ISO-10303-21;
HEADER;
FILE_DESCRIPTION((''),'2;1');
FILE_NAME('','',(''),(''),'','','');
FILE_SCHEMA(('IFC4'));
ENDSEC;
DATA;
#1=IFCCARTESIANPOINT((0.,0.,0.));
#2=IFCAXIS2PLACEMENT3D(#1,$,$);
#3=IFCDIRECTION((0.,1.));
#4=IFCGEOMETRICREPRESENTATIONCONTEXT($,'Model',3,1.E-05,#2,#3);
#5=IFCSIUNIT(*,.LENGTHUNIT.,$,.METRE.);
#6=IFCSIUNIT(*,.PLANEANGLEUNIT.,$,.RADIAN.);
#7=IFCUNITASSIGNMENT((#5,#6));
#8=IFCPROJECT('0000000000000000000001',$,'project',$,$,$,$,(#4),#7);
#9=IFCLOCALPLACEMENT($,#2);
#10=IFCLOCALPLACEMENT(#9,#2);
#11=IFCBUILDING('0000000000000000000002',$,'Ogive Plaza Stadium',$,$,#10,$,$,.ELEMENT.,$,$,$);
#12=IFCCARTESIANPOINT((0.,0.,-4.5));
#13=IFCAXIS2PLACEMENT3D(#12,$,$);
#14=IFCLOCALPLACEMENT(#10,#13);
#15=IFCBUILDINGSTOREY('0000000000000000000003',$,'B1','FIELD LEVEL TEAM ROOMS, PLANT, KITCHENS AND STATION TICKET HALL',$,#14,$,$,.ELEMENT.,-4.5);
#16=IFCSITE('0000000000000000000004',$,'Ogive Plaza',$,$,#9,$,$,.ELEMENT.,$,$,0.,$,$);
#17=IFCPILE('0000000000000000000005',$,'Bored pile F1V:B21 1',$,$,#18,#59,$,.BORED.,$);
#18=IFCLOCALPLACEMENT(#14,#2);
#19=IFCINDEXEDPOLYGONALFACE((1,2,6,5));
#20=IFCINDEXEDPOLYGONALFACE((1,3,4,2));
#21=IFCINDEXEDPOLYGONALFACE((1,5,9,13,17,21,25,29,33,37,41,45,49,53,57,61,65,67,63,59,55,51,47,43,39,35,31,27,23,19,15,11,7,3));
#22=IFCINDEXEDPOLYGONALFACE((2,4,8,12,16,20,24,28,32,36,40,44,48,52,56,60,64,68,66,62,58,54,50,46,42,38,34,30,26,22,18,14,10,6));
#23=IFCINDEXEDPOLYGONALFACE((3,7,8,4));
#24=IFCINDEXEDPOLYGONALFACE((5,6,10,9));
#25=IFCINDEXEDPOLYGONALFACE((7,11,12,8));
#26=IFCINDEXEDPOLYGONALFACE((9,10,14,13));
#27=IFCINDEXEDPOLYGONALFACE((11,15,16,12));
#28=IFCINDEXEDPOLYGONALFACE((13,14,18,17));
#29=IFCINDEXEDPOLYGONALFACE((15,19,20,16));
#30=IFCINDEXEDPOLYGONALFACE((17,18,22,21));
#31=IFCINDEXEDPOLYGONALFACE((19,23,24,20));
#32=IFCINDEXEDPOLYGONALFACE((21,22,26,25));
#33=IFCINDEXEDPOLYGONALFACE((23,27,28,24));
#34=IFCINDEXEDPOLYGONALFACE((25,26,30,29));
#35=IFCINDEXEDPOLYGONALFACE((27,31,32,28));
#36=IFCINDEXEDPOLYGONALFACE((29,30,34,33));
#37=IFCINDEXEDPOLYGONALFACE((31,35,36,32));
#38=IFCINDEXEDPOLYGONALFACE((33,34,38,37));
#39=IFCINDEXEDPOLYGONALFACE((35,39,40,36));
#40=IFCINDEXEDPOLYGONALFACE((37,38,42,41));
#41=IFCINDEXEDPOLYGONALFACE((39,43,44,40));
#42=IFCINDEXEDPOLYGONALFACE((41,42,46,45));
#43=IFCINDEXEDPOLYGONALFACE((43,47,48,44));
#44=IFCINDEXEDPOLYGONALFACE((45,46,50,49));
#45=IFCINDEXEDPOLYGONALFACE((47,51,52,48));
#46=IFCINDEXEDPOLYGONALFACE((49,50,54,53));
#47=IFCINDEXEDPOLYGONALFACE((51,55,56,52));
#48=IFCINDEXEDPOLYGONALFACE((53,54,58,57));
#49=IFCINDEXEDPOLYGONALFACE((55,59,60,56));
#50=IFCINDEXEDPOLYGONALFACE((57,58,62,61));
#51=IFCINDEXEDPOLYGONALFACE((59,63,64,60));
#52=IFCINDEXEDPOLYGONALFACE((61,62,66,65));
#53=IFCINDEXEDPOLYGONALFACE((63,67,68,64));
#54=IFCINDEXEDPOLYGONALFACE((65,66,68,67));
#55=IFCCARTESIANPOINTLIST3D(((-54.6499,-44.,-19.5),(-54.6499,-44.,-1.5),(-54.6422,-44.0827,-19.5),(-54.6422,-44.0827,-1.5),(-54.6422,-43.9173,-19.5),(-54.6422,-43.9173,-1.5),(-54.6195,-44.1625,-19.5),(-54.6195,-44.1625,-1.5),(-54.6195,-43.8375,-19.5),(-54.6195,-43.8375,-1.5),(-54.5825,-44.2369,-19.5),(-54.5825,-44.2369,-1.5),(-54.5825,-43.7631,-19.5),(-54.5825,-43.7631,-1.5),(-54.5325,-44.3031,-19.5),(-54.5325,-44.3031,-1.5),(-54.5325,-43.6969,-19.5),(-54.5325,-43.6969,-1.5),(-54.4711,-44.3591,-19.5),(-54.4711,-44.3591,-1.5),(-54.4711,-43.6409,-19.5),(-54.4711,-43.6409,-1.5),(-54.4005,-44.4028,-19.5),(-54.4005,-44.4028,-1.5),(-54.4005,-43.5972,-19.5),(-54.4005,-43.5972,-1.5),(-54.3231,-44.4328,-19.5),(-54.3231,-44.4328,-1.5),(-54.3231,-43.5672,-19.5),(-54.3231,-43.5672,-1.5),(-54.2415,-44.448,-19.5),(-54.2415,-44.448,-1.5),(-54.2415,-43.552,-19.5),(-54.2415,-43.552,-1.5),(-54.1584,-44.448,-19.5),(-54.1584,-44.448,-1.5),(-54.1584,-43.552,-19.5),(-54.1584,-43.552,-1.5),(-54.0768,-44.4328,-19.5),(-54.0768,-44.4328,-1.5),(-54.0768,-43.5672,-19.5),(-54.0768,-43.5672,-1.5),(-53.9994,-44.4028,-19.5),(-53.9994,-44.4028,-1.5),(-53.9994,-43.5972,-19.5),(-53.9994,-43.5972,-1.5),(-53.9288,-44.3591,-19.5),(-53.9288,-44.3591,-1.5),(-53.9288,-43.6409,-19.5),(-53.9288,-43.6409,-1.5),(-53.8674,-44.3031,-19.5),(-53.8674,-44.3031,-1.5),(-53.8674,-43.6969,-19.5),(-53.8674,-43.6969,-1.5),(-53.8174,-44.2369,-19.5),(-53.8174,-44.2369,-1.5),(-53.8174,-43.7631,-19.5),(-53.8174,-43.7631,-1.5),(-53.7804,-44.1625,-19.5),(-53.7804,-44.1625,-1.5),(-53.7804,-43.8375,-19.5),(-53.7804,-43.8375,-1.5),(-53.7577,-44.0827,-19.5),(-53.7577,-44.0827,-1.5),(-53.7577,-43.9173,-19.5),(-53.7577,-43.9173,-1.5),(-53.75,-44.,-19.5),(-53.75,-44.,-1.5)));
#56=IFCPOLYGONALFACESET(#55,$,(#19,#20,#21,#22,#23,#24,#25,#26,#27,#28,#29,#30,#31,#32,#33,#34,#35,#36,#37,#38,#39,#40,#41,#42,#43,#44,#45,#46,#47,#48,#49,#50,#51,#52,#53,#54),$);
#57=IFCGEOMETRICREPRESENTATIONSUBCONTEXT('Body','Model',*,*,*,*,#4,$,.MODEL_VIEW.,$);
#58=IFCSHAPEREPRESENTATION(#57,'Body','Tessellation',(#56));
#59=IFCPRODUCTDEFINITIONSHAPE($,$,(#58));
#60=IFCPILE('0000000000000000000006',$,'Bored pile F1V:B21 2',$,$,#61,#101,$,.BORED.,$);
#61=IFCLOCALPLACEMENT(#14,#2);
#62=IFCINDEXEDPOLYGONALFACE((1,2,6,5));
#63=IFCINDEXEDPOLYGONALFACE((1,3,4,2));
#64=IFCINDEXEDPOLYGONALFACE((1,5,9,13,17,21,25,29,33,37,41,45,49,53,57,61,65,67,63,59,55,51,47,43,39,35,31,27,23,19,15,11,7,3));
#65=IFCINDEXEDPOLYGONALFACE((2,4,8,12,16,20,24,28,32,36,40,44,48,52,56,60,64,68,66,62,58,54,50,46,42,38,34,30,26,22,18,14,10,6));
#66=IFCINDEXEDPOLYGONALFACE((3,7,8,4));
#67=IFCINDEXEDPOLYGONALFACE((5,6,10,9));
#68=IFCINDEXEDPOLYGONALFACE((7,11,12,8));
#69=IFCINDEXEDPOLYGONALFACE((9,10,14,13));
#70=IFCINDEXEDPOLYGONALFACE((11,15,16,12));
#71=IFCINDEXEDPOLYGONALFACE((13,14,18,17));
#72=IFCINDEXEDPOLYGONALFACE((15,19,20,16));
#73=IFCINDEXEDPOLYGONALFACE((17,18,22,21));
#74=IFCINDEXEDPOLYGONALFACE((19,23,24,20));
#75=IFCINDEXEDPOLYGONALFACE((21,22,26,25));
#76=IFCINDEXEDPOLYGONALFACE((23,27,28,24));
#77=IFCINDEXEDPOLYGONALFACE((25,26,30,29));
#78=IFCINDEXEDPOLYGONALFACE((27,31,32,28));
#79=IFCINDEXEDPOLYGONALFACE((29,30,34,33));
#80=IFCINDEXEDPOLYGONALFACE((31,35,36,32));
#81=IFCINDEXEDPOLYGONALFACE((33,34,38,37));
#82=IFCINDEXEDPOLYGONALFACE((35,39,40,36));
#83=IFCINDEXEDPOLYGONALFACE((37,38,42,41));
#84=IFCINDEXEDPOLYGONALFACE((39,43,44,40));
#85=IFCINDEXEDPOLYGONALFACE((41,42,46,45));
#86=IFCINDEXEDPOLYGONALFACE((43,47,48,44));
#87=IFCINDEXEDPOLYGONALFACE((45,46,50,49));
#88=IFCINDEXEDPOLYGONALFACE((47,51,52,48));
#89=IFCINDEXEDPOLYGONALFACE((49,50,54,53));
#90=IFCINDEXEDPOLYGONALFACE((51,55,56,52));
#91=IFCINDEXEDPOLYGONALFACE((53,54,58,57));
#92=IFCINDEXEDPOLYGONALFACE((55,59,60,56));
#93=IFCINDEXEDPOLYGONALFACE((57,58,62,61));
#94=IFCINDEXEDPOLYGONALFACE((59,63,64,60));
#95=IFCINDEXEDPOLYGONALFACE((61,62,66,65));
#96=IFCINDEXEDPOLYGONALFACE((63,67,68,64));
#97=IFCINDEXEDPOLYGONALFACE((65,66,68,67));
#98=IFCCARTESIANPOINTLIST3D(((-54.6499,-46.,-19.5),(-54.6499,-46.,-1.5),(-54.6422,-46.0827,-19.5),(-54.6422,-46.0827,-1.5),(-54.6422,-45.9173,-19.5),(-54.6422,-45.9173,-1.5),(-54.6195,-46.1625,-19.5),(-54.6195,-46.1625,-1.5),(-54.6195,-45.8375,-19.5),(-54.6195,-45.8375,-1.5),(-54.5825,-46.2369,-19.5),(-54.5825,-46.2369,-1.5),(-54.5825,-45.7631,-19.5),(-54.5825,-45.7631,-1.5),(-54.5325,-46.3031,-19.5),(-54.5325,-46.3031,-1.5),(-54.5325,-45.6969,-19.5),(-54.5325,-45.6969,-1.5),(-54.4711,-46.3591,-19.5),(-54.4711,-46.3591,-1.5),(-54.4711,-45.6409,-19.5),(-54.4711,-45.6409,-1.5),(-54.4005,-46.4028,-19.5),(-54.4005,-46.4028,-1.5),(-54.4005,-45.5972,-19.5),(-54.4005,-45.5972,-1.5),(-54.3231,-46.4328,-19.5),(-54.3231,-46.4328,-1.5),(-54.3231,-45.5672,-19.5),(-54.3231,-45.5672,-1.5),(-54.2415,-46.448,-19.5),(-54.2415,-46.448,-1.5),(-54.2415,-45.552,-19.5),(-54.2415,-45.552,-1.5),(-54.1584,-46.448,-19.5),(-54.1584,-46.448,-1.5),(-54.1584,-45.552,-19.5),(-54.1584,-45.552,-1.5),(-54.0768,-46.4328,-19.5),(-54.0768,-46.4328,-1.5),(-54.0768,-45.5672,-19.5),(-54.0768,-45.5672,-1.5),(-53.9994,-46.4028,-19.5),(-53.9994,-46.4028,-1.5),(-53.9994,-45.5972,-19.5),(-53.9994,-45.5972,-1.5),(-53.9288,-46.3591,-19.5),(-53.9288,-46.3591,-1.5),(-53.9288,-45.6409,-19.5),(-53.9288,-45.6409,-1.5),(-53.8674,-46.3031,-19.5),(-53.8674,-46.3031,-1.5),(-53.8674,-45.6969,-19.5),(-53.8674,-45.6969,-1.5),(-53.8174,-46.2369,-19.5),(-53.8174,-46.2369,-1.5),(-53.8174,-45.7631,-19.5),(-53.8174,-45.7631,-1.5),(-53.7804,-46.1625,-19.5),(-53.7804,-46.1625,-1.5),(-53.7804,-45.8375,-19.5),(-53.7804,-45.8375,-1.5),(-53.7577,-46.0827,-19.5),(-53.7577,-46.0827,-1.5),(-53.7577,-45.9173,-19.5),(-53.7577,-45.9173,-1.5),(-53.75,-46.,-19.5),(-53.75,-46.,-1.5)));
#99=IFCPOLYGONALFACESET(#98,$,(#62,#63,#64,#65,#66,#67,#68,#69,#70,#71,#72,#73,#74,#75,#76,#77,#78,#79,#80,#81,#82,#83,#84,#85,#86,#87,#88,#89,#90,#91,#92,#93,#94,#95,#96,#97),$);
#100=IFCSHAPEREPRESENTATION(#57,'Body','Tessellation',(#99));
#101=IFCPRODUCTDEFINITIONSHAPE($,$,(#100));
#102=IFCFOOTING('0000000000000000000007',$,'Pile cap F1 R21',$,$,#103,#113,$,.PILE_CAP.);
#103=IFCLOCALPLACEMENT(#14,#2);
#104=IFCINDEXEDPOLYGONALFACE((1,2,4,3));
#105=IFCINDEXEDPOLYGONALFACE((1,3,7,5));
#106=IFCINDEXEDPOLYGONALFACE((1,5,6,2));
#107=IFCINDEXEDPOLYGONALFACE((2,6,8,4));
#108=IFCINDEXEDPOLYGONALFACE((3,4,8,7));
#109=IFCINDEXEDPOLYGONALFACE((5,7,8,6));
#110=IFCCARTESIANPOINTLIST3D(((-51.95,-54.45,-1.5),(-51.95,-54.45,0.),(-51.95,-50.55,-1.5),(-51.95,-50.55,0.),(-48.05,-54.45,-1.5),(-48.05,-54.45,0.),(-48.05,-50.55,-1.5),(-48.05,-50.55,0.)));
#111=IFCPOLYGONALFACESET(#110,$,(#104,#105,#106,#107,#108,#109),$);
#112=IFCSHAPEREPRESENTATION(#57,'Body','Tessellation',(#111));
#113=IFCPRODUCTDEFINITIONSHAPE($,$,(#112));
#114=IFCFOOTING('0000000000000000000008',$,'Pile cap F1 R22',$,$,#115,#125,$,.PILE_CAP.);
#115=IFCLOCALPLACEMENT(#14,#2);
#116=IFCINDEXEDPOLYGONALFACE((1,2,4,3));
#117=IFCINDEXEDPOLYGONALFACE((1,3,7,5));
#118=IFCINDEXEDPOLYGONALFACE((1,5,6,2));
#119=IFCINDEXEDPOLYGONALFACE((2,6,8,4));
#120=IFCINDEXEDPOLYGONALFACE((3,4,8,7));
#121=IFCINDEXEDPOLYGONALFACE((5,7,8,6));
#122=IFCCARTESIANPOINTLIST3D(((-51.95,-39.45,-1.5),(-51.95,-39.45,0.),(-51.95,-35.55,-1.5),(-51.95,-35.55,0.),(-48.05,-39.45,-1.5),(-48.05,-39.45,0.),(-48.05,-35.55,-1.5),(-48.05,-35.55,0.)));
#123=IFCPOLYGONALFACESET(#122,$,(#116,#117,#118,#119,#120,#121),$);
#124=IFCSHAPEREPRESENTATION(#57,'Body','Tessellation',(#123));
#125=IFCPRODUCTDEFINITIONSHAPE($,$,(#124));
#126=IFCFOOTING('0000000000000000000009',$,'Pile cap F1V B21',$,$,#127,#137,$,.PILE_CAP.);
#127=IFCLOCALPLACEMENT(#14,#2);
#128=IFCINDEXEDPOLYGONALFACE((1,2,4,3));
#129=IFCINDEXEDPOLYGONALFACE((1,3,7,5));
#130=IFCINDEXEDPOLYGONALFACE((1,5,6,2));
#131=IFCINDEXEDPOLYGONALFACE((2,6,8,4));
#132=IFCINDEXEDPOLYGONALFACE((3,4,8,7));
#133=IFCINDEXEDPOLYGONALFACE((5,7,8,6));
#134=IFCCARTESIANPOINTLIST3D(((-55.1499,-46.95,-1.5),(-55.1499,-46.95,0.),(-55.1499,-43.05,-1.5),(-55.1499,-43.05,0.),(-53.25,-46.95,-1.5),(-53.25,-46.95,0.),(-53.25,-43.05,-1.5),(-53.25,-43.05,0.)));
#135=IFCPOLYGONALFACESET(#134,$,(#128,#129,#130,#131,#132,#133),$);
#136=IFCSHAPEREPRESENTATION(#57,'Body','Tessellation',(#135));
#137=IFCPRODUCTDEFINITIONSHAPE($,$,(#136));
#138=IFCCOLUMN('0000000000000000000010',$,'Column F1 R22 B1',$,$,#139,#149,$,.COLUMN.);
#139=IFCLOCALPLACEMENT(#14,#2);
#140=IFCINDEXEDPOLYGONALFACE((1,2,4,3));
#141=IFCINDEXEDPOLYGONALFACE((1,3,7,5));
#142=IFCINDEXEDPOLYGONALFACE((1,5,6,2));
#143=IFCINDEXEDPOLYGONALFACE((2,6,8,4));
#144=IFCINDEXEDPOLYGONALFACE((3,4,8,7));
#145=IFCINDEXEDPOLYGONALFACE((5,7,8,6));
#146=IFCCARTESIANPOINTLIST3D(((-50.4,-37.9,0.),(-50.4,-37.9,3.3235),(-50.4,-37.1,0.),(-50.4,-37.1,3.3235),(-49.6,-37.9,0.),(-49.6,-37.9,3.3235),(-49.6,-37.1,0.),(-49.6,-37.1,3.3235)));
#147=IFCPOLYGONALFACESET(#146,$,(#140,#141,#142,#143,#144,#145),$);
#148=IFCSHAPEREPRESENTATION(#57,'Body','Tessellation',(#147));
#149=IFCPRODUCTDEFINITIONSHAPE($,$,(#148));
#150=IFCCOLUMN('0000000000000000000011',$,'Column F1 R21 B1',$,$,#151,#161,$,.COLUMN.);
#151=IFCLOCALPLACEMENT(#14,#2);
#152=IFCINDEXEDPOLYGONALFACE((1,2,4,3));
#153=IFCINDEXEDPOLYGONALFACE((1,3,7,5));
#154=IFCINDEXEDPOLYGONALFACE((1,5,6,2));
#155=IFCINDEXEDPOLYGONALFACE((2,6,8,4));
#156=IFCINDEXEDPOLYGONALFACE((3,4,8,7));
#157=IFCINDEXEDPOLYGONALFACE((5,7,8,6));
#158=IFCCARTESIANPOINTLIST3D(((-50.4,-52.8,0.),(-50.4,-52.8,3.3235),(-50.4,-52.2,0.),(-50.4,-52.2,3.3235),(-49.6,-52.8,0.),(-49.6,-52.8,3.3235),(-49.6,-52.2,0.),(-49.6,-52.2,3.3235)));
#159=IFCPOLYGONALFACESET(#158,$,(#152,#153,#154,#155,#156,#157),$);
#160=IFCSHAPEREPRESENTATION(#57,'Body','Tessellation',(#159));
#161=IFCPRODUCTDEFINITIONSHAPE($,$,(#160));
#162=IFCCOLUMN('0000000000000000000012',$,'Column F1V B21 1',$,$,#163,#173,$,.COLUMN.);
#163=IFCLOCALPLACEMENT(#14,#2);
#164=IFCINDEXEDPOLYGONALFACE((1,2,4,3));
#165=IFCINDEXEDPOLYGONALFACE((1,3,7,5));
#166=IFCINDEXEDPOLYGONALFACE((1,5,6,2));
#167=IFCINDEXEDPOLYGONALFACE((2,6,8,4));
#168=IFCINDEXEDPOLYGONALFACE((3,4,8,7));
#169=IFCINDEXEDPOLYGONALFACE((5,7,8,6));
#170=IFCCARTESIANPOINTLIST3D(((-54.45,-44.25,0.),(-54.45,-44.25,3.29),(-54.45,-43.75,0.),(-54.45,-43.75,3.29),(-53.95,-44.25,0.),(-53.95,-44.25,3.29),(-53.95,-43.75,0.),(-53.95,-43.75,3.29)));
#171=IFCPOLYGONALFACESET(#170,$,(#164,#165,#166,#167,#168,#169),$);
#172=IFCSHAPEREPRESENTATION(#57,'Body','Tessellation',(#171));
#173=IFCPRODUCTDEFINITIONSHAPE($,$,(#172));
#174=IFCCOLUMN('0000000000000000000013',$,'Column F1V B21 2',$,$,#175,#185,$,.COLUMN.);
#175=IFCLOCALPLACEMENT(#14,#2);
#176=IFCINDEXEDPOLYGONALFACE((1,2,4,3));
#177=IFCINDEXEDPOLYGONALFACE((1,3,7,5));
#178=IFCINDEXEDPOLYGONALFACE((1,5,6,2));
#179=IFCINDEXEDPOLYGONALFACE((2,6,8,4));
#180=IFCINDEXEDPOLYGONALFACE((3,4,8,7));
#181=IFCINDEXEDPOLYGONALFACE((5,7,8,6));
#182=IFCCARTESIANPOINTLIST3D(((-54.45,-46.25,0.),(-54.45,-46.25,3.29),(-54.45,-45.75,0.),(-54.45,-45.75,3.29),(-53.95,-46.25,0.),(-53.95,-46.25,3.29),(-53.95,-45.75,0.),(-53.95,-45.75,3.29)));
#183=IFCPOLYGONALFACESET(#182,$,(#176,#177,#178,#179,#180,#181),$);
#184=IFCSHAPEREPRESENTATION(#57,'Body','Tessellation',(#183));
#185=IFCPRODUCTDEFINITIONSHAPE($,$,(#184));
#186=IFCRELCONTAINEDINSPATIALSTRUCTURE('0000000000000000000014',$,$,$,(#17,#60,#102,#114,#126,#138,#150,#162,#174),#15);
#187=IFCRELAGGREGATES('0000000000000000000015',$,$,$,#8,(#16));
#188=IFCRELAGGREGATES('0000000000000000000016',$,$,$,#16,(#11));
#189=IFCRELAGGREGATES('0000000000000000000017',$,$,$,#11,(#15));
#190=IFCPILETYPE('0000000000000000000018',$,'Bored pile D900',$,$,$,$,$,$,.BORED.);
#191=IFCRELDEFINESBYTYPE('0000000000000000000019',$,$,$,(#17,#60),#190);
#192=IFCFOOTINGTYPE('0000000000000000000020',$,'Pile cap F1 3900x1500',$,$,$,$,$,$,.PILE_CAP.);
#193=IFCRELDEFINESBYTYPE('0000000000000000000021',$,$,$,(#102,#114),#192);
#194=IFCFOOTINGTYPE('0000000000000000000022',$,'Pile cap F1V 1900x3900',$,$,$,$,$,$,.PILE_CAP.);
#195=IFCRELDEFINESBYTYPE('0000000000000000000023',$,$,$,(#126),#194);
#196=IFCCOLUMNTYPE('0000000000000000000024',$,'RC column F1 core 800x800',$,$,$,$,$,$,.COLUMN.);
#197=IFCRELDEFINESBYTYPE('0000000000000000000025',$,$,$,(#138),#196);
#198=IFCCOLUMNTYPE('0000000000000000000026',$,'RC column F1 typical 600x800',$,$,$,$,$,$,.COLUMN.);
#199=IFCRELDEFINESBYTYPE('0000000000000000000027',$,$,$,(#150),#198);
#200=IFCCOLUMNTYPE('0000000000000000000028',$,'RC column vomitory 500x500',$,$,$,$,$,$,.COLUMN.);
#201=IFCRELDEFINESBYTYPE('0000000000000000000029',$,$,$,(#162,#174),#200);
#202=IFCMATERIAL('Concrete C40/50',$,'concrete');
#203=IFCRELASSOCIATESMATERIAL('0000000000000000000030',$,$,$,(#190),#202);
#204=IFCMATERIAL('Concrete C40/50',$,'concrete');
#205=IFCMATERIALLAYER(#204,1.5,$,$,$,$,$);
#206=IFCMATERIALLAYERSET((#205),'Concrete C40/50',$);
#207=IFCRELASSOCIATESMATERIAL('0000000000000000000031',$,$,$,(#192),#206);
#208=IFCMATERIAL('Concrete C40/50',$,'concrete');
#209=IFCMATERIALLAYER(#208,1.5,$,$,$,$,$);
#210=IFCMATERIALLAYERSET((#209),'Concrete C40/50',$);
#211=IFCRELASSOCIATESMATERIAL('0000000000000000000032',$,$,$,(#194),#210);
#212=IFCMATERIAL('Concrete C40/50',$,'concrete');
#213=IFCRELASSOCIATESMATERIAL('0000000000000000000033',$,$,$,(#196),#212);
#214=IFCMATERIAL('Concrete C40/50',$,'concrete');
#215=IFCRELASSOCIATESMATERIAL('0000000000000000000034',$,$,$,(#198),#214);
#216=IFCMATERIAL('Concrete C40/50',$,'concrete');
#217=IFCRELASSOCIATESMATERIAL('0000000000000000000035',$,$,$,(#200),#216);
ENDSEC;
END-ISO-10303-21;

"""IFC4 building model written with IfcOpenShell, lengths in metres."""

from ifc_helpers import new_model, si_unit, direction, frame, origin, origin_2d, place, context, subcontext, project, spatial, rectangle, circle, extrude, material, layer, layer_set, material_profile, profile_set, type_object, element, save


model = new_model("IFC4")

# Units and contexts
model_context = context("Model", 3, precision=1e-05, world=origin(), true_north=direction((0.0, 1.0)))
body_context = subcontext(model_context, "Body", "Model", "MODEL_VIEW")
ifc_project = project(units=[si_unit("LENGTHUNIT", "METRE"), si_unit("PLANEANGLEUNIT", "RADIAN")], contexts=[model_context])

# Site, building, storey
site_placement = place(None, origin())
site = spatial("IfcSite", under=ifc_project, at=site_placement, Name="Ogive Plaza", CompositionType="ELEMENT", RefElevation=0.0)
building_placement = place(site_placement, origin())
building = spatial("IfcBuilding", under=site, at=building_placement, Name="Ogive Plaza Stadium", CompositionType="ELEMENT")
storey_placement = place(building_placement, frame((0.0, 0.0, -4.5)))
storey = spatial("IfcBuildingStorey", under=building, at=storey_placement, Name="B1", Description="FIELD LEVEL TEAM ROOMS, PLANT, KITCHENS AND STATION TICKET HALL", CompositionType="ELEMENT", Elevation=-4.5)

# Piles
ifc_material_1 = material(Name="Concrete C40/50", Category="concrete")
ifc_material_profile_1 = material_profile(ifc_material_1, circle(Radius=0.45, at=origin_2d()), Name="RC D900")
ifc_profile_set_1 = profile_set([ifc_material_profile_1], Name="Concrete C40/50")
pile_type_1 = type_object("IfcPileType", Name="Bored pile D900", PredefinedType="BORED", material=ifc_profile_set_1)
for number, where, z_axis, x_axis, name in (
    (1, (-54.2, -44.0, -1.5), (0.0, 0.0, -1.0), (1.0, 0.0, 0.0), "Bored pile F1V:B21 1"),
    (2, (-54.2, -46.0, -1.5), (0.0, 0.0, -1.0), (1.0, 0.0, 0.0), "Bored pile F1V:B21 2"),
):
    element("IfcPile", number, at=place(storey_placement, frame(where, z_axis=z_axis, x_axis=x_axis)), inside=storey, type_object=pile_type_1, Name=name, PredefinedType="BORED", context=body_context, shape_type="SweptSolid", body=[
        extrude(circle(Radius=0.45, at=origin_2d()), origin(), (0.0, 0.0, 1.0), 18.0),
    ])

# Footings
ifc_material_2 = material(Name="Concrete C40/50", Category="concrete")
ifc_layer_1 = layer(ifc_material_2, 1.5)
ifc_layer_set_1 = layer_set([ifc_layer_1], Name="Concrete C40/50")
footing_type_1 = type_object("IfcFootingType", Name="Pile cap F1 3900x1500", PredefinedType="PILE_CAP", material=ifc_layer_set_1)
for number, where, z_axis, x_axis, name in (
    (3, (-50.0, -52.5, -1.5), (0.0, 0.0, 1.0), (-1.0, 0.0, 0.0), "Pile cap F1 R21"),
    (4, (-50.0, -37.5, -1.5), (0.0, 0.0, 1.0), (-1.0, 0.0, 0.0), "Pile cap F1 R22"),
):
    element("IfcFooting", number, at=place(storey_placement, frame(where, z_axis=z_axis, x_axis=x_axis)), inside=storey, type_object=footing_type_1, Name=name, PredefinedType="PILE_CAP", context=body_context, shape_type="SweptSolid", body=[
        extrude(rectangle(XDim=3.8999, YDim=3.8999, at=origin_2d()), origin(), (0.0, 0.0, 1.0), 1.5),
    ])
ifc_material_3 = material(Name="Concrete C40/50", Category="concrete")
ifc_layer_2 = layer(ifc_material_3, 1.5)
ifc_layer_set_2 = layer_set([ifc_layer_2], Name="Concrete C40/50")
footing_type_2 = type_object("IfcFootingType", Name="Pile cap F1V 1900x3900", PredefinedType="PILE_CAP", material=ifc_layer_set_2)
footing_placement = place(storey_placement, frame((-54.2, -45.0, -1.5), z_axis=(0.0, 0.0, 1.0), x_axis=(-1.0, 0.0, 0.0)))
element("IfcFooting", 5, at=footing_placement, inside=storey, type_object=footing_type_2, Name="Pile cap F1V B21", PredefinedType="PILE_CAP", context=body_context, shape_type="SweptSolid", body=[
    extrude(rectangle(XDim=1.8999, YDim=3.8999, at=origin_2d()), origin(), (0.0, 0.0, 1.0), 1.5),
])

# Columns
ifc_material_4 = material(Name="Concrete C40/50", Category="concrete")
ifc_material_profile_2 = material_profile(ifc_material_4, rectangle(XDim=0.8, YDim=0.8, at=origin_2d()), Name="RC 800x800")
ifc_profile_set_2 = profile_set([ifc_material_profile_2], Name="Concrete C40/50")
column_type_1 = type_object("IfcColumnType", Name="RC column F1 core 800x800", PredefinedType="COLUMN", material=ifc_profile_set_2)
column_1_placement = place(storey_placement, frame((-50.0, -37.5, 0.0), z_axis=(0.0, 0.0, 1.0), x_axis=(0.0, -1.0, 0.0)))
element("IfcColumn", 6, at=column_1_placement, inside=storey, type_object=column_type_1, Name="Column F1 R22 B1", PredefinedType="COLUMN", context=body_context, shape_type="SweptSolid", body=[
    extrude(rectangle(XDim=0.8, YDim=0.8, at=origin_2d()), origin(), (0.0, 0.0, 1.0), 3.3235),
])
ifc_material_5 = material(Name="Concrete C40/50", Category="concrete")
ifc_material_profile_3 = material_profile(ifc_material_5, rectangle(XDim=0.6001, YDim=0.8, at=origin_2d()), Name="RC 600x800")
ifc_profile_set_3 = profile_set([ifc_material_profile_3], Name="Concrete C40/50")
column_type_2 = type_object("IfcColumnType", Name="RC column F1 typical 600x800", PredefinedType="COLUMN", material=ifc_profile_set_3)
column_2_placement = place(storey_placement, frame((-50.0, -52.5, 0.0), z_axis=(0.0, 0.0, 1.0), x_axis=(0.0, -1.0, 0.0)))
element("IfcColumn", 7, at=column_2_placement, inside=storey, type_object=column_type_2, Name="Column F1 R21 B1", PredefinedType="COLUMN", context=body_context, shape_type="SweptSolid", body=[
    extrude(rectangle(XDim=0.6001, YDim=0.8, at=origin_2d()), origin(), (0.0, 0.0, 1.0), 3.3235),
])
ifc_material_6 = material(Name="Concrete C40/50", Category="concrete")
ifc_material_profile_4 = material_profile(ifc_material_6, rectangle(XDim=0.5, YDim=0.5, at=origin_2d()), Name="RC 500x500")
ifc_profile_set_4 = profile_set([ifc_material_profile_4], Name="Concrete C40/50")
column_type_3 = type_object("IfcColumnType", Name="RC column vomitory 500x500", PredefinedType="COLUMN", material=ifc_profile_set_4)
for number, where, z_axis, x_axis, name in (
    (8, (-54.2, -44.0, 0.0), (0.0, 0.0, 1.0), (0.0, -1.0, 0.0), "Column F1V B21 1"),
    (9, (-54.2, -46.0, 0.0), (0.0, 0.0, 1.0), (0.0, -1.0, 0.0), "Column F1V B21 2"),
):
    element("IfcColumn", number, at=place(storey_placement, frame(where, z_axis=z_axis, x_axis=x_axis)), inside=storey, type_object=column_type_3, Name=name, PredefinedType="COLUMN", context=body_context, shape_type="SweptSolid", body=[
        extrude(rectangle(XDim=0.5, YDim=0.5, at=origin_2d()), origin(), (0.0, 0.0, 1.0), 3.29),
    ])

save(model, "model.ifc")
